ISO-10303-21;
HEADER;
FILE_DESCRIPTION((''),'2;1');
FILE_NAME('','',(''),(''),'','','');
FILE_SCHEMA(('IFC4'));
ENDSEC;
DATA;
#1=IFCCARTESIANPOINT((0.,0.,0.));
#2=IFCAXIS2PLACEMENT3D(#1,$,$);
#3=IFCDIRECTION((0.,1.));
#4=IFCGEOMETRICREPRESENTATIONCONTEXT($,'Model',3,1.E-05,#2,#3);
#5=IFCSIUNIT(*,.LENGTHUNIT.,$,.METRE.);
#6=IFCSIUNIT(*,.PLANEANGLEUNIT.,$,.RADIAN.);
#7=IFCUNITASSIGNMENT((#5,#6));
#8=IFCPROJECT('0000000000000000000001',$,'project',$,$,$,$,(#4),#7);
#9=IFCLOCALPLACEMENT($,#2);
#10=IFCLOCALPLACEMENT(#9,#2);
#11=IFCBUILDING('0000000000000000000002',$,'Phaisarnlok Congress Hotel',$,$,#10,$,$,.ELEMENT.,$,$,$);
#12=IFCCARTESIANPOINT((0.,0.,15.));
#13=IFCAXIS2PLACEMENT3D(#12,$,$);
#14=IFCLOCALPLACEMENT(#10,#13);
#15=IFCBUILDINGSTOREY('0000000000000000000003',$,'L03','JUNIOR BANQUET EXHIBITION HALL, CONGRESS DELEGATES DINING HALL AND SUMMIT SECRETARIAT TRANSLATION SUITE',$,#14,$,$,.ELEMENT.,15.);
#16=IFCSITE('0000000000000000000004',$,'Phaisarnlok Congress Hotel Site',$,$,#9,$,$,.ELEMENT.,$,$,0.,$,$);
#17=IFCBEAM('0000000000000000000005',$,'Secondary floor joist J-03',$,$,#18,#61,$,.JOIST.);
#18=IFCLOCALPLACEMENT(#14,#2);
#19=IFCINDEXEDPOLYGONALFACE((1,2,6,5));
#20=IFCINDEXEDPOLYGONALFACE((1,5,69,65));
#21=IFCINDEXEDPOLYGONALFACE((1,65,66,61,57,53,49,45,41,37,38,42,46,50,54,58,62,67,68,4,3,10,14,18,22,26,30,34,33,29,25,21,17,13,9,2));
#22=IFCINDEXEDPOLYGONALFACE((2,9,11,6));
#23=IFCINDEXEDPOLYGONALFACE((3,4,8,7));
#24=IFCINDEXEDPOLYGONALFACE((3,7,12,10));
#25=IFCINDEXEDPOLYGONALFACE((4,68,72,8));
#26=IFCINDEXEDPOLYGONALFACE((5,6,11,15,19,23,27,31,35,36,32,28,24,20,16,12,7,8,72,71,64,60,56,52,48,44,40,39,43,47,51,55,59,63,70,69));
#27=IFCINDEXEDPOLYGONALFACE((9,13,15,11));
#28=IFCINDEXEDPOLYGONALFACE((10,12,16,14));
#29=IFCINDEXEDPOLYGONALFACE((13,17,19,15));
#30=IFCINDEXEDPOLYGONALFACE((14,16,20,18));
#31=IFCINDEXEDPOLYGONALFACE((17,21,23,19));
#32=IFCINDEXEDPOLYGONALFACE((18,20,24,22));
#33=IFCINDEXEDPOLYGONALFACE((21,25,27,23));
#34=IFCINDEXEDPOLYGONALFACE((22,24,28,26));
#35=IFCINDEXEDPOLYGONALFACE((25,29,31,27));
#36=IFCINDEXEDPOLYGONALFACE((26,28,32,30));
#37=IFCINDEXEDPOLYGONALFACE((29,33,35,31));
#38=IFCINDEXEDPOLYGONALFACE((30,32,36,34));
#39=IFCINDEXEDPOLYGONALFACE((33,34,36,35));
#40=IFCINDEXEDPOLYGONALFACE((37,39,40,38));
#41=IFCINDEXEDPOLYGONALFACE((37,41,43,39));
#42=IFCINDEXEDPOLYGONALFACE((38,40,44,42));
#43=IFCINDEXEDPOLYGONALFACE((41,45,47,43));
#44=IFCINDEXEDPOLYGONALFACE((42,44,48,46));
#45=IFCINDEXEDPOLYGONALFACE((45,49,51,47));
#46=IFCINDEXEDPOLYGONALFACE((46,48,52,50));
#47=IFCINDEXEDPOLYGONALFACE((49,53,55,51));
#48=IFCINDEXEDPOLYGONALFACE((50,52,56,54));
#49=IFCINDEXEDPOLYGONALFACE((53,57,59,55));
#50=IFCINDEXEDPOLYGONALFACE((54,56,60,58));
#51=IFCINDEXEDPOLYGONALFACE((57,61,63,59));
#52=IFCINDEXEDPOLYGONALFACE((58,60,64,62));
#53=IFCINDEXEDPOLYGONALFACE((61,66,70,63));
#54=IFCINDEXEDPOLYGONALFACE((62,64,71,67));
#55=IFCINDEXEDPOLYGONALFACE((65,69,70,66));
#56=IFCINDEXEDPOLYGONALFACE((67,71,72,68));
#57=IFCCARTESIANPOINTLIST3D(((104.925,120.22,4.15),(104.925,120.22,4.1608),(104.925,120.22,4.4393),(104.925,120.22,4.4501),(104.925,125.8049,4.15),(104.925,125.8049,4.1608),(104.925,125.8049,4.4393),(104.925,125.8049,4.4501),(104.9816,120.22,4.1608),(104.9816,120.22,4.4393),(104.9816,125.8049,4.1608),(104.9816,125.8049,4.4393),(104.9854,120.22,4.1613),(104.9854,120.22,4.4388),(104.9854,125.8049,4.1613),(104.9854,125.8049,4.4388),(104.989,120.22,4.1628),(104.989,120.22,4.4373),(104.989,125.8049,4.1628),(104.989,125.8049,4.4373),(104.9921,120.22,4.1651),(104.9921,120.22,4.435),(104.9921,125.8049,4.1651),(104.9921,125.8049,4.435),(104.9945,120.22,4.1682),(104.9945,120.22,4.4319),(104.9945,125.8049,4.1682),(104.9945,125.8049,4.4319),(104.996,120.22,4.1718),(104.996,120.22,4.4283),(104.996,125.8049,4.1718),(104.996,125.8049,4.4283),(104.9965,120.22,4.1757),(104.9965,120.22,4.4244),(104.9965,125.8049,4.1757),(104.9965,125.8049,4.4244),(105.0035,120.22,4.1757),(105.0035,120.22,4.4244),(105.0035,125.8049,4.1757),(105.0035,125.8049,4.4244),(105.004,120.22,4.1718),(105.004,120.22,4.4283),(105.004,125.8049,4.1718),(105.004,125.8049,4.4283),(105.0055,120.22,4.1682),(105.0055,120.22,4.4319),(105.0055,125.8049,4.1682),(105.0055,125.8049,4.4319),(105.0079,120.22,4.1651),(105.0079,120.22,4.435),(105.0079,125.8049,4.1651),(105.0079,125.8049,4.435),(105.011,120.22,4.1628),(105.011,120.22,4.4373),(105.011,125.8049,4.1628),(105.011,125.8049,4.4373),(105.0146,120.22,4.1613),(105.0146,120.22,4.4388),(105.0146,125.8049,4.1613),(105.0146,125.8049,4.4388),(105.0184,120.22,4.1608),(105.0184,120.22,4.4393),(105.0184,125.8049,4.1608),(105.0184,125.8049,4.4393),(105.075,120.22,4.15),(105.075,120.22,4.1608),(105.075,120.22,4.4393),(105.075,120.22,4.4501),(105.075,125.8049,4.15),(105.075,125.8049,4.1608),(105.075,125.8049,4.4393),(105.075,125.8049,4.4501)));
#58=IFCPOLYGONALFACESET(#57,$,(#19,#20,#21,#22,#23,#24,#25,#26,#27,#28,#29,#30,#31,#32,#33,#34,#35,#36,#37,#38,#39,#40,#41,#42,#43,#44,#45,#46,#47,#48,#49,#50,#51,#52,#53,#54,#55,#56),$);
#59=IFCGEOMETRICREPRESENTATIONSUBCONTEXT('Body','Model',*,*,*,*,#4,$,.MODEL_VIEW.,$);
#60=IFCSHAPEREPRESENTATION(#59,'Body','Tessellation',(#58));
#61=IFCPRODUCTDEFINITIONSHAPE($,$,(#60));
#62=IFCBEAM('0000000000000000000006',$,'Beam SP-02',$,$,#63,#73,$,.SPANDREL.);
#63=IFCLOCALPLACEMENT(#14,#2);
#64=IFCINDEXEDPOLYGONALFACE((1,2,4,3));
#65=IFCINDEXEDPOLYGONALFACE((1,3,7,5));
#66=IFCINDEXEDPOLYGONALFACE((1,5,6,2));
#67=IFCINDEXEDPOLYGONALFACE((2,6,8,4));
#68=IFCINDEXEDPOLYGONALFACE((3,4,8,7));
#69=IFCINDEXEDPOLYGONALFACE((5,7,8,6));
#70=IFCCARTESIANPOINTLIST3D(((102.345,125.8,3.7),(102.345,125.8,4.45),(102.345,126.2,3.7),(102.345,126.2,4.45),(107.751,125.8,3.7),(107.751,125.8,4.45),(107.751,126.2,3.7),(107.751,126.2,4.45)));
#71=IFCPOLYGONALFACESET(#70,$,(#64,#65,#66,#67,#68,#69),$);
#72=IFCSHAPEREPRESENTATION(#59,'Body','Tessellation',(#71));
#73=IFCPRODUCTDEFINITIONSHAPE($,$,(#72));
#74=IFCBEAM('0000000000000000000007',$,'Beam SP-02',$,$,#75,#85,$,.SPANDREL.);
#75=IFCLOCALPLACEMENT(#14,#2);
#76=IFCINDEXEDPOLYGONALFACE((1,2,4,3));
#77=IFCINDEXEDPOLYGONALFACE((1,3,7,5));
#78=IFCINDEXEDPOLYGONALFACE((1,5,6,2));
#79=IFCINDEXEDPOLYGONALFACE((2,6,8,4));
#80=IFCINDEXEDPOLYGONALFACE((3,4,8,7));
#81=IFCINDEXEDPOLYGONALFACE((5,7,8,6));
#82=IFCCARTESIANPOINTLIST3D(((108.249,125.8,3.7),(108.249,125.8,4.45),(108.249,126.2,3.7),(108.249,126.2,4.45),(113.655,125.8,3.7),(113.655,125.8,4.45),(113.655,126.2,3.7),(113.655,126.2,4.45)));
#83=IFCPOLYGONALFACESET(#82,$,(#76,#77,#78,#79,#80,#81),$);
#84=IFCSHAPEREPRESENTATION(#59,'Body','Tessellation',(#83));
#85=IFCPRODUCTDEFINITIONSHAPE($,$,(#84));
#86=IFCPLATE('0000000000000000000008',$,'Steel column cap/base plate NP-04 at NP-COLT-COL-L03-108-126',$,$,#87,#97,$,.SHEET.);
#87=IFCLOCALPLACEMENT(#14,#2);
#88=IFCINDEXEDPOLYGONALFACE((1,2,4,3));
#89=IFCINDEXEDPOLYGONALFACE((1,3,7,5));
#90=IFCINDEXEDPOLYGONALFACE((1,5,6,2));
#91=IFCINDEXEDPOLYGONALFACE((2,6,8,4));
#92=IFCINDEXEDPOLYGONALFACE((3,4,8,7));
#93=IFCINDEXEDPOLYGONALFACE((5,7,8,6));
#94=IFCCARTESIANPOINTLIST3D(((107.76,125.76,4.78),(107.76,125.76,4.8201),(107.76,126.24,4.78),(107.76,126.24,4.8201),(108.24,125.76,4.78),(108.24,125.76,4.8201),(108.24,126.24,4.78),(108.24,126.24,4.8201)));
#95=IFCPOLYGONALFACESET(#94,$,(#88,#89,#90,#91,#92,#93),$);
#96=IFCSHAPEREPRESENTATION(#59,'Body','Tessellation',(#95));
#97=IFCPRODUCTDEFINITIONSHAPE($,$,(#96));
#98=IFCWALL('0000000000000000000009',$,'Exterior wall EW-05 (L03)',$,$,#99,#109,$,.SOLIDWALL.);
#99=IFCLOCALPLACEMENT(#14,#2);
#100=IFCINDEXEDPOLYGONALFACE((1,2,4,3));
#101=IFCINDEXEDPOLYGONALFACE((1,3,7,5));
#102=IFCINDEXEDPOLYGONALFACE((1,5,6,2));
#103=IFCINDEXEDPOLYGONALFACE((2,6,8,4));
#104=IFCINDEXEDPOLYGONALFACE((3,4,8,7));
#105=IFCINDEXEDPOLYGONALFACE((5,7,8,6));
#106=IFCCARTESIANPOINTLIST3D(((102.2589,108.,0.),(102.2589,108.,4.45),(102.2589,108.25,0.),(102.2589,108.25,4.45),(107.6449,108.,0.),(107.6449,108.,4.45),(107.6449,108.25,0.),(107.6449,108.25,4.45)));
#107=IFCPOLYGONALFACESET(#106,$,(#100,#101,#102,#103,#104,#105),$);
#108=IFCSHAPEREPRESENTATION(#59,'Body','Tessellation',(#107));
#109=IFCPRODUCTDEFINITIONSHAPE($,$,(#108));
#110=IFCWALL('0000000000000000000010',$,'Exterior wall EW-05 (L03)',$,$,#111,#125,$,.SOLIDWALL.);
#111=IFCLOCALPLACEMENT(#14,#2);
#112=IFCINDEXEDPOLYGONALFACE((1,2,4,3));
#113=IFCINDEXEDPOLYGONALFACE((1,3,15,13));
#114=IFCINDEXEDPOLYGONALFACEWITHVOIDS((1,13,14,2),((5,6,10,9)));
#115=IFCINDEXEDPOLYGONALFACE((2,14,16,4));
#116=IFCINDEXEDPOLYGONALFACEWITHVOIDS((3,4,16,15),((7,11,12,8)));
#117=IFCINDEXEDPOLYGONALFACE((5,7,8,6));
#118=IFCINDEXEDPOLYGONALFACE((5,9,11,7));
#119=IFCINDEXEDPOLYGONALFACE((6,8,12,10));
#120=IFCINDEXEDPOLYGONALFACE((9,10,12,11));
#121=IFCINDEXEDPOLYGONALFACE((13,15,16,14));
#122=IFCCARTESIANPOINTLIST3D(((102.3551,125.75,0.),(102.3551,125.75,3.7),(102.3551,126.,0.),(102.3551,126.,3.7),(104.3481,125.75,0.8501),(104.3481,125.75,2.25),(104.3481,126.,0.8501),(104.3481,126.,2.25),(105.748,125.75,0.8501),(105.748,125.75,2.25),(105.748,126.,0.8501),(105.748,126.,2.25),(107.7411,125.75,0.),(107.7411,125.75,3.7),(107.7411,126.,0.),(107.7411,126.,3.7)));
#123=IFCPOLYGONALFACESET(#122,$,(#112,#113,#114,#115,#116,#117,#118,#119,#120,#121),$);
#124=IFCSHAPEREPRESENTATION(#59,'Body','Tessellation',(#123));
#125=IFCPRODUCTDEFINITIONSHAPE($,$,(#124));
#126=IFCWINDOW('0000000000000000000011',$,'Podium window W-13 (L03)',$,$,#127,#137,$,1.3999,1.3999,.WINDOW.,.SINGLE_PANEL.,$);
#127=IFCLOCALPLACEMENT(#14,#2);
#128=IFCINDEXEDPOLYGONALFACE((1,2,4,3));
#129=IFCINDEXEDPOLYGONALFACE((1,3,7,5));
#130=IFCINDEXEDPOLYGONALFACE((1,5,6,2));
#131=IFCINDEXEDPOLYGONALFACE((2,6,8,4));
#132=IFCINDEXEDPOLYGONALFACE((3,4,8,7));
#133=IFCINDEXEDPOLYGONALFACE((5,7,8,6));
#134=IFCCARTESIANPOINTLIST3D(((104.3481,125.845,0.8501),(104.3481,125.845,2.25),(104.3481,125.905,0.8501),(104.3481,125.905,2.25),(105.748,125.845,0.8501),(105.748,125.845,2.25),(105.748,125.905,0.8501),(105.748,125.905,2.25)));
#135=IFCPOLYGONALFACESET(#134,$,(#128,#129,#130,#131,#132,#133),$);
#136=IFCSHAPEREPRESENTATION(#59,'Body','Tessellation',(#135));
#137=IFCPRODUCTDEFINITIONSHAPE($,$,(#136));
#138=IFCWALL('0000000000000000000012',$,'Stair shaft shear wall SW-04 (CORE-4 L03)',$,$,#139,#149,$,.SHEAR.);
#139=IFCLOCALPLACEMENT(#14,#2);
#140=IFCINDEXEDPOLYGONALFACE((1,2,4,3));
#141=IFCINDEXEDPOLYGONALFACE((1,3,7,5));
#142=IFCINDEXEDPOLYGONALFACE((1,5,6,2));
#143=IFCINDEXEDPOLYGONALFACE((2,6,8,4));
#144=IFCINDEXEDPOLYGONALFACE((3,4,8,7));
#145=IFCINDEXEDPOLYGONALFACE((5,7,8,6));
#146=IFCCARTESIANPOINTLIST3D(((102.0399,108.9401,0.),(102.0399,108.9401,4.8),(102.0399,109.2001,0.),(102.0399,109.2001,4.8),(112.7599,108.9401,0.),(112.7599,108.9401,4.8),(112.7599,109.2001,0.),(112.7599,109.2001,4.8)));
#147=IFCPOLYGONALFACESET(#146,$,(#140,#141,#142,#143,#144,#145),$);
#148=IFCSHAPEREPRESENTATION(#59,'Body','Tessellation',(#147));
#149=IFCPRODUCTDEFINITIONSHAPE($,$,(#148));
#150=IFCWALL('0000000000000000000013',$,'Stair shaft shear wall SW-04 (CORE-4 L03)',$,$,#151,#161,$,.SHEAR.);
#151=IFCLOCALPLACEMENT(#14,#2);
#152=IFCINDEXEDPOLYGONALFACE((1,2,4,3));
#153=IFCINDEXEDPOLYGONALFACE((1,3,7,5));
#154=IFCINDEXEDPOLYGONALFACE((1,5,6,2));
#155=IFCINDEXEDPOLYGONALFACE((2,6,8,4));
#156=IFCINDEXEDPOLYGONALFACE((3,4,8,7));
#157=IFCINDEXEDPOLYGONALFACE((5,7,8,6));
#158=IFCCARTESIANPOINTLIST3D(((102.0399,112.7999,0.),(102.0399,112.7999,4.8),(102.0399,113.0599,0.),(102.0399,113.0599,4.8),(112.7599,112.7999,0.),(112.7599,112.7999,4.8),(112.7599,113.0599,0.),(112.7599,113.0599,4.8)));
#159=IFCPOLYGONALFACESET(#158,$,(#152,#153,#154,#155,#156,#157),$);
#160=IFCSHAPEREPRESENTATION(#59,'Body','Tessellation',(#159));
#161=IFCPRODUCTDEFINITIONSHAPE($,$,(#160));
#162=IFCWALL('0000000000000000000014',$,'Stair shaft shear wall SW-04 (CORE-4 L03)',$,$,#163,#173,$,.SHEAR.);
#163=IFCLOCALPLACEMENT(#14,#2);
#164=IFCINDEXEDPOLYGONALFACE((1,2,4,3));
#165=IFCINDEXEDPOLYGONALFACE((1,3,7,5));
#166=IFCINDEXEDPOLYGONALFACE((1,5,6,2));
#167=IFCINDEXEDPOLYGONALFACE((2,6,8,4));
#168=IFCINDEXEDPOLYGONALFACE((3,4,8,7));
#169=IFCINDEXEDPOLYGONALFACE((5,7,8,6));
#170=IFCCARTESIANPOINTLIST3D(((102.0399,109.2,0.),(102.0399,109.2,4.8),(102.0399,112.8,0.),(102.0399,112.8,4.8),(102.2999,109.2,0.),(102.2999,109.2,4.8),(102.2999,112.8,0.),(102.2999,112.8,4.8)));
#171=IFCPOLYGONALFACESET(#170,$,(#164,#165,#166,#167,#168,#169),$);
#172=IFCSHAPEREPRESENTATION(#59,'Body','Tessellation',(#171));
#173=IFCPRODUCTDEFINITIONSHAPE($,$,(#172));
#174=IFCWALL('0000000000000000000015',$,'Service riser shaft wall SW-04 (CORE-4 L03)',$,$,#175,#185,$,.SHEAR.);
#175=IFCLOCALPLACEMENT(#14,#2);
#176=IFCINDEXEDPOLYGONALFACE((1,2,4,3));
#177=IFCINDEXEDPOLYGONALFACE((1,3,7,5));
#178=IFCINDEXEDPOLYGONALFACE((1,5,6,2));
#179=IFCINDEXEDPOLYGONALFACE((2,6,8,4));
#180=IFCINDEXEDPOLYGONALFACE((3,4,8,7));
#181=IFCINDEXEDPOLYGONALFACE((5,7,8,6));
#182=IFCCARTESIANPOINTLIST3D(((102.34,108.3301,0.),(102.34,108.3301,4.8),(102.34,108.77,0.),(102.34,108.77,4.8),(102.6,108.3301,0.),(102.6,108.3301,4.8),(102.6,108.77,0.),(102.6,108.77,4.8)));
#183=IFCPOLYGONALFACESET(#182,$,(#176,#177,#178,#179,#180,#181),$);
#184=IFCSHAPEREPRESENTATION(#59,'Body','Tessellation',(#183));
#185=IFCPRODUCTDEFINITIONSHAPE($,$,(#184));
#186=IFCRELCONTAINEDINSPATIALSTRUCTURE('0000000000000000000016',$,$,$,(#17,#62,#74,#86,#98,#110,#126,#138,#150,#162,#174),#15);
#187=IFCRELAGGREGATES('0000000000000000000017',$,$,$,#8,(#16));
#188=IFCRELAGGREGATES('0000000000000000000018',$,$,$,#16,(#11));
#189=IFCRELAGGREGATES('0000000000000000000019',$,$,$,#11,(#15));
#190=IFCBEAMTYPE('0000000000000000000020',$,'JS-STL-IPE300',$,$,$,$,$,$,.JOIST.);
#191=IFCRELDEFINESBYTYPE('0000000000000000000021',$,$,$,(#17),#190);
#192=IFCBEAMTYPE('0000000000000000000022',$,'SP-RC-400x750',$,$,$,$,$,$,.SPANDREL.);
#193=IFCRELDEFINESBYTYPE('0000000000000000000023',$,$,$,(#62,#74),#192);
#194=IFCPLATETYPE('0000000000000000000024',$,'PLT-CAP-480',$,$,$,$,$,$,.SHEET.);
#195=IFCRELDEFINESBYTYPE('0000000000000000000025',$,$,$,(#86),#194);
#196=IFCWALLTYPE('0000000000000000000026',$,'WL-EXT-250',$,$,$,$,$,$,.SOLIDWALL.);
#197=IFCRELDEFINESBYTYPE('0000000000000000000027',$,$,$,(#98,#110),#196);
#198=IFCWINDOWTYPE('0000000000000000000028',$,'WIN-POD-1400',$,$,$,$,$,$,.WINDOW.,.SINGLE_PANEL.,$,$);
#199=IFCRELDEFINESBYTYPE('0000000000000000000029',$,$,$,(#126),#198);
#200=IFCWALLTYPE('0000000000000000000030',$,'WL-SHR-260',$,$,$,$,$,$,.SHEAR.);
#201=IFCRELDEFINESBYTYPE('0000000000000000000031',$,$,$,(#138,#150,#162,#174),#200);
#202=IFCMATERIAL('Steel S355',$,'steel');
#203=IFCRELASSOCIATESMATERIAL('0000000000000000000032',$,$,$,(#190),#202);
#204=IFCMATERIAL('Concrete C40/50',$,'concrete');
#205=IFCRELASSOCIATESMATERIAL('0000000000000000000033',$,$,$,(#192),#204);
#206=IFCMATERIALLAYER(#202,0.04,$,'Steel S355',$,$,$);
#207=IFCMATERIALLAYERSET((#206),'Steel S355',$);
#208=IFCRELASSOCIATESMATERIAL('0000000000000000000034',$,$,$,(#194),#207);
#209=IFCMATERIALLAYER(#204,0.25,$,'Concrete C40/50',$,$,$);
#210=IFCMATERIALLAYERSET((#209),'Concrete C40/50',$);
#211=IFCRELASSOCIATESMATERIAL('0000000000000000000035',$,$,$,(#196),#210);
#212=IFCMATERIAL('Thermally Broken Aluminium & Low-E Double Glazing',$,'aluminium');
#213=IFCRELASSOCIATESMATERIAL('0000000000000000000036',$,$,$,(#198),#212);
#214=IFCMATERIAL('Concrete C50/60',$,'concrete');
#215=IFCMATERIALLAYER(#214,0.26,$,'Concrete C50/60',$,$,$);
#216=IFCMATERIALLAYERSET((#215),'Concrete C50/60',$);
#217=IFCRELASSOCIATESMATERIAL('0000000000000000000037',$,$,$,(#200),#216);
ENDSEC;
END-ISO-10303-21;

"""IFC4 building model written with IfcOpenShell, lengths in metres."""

from ifc_helpers import new_model, si_unit, direction, frame, frame_2d, origin, origin_2d, place, context, subcontext, project, spatial, rectangle, i_section, extrude, material, layer, layer_set, material_profile, profile_set, type_object, element, fill, save


model = new_model("IFC4")

# Units and contexts
model_context = context("Model", 3, precision=1e-05, world=origin(), true_north=direction((0.0, 1.0)))
body_context = subcontext(model_context, "Body", "Model", "MODEL_VIEW")
ifc_project = project(units=[si_unit("LENGTHUNIT", "METRE"), si_unit("PLANEANGLEUNIT", "RADIAN")], contexts=[model_context])

# Site, building, storey
site_placement = place(None, origin())
site = spatial("IfcSite", under=ifc_project, at=site_placement, Name="Phaisarnlok Congress Hotel Site", CompositionType="ELEMENT", RefElevation=0.0)
building_placement = place(site_placement, origin())
building = spatial("IfcBuilding", under=site, at=building_placement, Name="Phaisarnlok Congress Hotel", CompositionType="ELEMENT")
storey_placement = place(building_placement, frame((0.0, 0.0, 15.0)))
storey = spatial("IfcBuildingStorey", under=building, at=storey_placement, Name="L03", Description="JUNIOR BANQUET EXHIBITION HALL, CONGRESS DELEGATES DINING HALL AND SUMMIT SECRETARIAT TRANSLATION SUITE", CompositionType="ELEMENT", Elevation=15.0)

# Shared definitions
ifc_material_1 = material(Name="Concrete C50/60", Category="concrete")
ifc_material_2 = material(Name="Steel S355", Category="steel")

# Shared definitions
ifc_material_3 = material(Name="Concrete C40/50", Category="concrete")

# Beams
ifc_material_profile_1 = material_profile(ifc_material_2, i_section(OverallWidth=0.1499, OverallDepth=0.3, WebThickness=0.0071, FlangeThickness=0.0107, FilletRadius=0.0149, at=origin_2d()), Name="IPE 300")
ifc_profile_set_1 = profile_set([ifc_material_profile_1], Name="Steel S355")
beam_type_1 = type_object("IfcBeamType", Name="JS-STL-IPE300", PredefinedType="JOIST", material=ifc_profile_set_1)
beam_1_placement = place(storey_placement, frame((105.0, 120.22, 4.3), z_axis=(0.0, 1.0, 0.0), x_axis=(-1.0, 0.0, 0.0)))
element("IfcBeam", 1, at=beam_1_placement, inside=storey, type_object=beam_type_1, Name="Secondary floor joist J-03", PredefinedType="JOIST", context=body_context, shape_type="SweptSolid", body=[
    extrude(i_section(OverallWidth=0.1499, OverallDepth=0.3, WebThickness=0.0071, FlangeThickness=0.0107, FilletRadius=0.0149, at=origin_2d()), origin(), (0.0, 0.0, 1.0), 5.585),
])
ifc_material_profile_2 = material_profile(ifc_material_3, rectangle(XDim=0.3999, YDim=0.75, at=origin_2d()), Name="RC 400x750")
ifc_profile_set_2 = profile_set([ifc_material_profile_2], Name="Concrete C40/50")
beam_type_2 = type_object("IfcBeamType", Name="SP-RC-400x750", PredefinedType="SPANDREL", material=ifc_profile_set_2)
for number, where, z_axis, x_axis, name in (
    (2, (102.345, 126.0, 4.075), (1.0, 0.0, 0.0), (0.0, 1.0, 0.0), "Beam SP-02"),
    (3, (108.249, 126.0, 4.075), (1.0, 0.0, 0.0), (0.0, 1.0, 0.0), "Beam SP-02"),
):
    element("IfcBeam", number, at=place(storey_placement, frame(where, z_axis=z_axis, x_axis=x_axis)), inside=storey, type_object=beam_type_2, Name=name, PredefinedType="SPANDREL", context=body_context, shape_type="SweptSolid", body=[
        extrude(rectangle(XDim=0.3999, YDim=0.75, at=origin_2d()), origin(), (0.0, 0.0, 1.0), 5.406),
    ])

# Plate
ifc_layer_1 = layer(ifc_material_2, 0.04, Name="Steel S355")
ifc_layer_set_1 = layer_set([ifc_layer_1], Name="Steel S355")
plate_type = type_object("IfcPlateType", Name="PLT-CAP-480", PredefinedType="SHEET", material=ifc_layer_set_1)
plate_placement = place(storey_placement, frame((108.0, 126.0, 4.78), z_axis=(0.0, 0.0, 1.0), x_axis=(1.0, 0.0, 0.0)))
element("IfcPlate", 4, at=plate_placement, inside=storey, type_object=plate_type, Name="Steel column cap/base plate NP-04 at NP-COLT-COL-L03-108-126", PredefinedType="SHEET", context=body_context, shape_type="SweptSolid", body=[
    extrude(rectangle(XDim=0.48, YDim=0.48, at=origin_2d()), origin(), (0.0, 0.0, 1.0), 0.04),
])

# Wall
ifc_layer_2 = layer(ifc_material_3, 0.25, Name="Concrete C40/50")
ifc_layer_set_2 = layer_set([ifc_layer_2], Name="Concrete C40/50")
wall_type_1 = type_object("IfcWallType", Name="WL-EXT-250", PredefinedType="SOLIDWALL", material=ifc_layer_set_2)
wall_1_placement = place(storey_placement, frame((102.259, 108.125, 0.0), z_axis=(0.0, 0.0, 1.0), x_axis=(1.0, 0.0, 0.0)))
element("IfcWall", 5, at=wall_1_placement, inside=storey, type_object=wall_type_1, Name="Exterior wall EW-05 (L03)", PredefinedType="SOLIDWALL", context=body_context, shape_type="SweptSolid", body=[
    extrude(rectangle(XDim=5.386, YDim=0.25, at=frame_2d((2.6929, 0.0))), origin(), (0.0, 0.0, 1.0), 4.45),
])

# Wall, opening, window
wall_2_placement = place(storey_placement, frame((107.741, 125.875, 0.0), z_axis=(0.0, 0.0, 1.0), x_axis=(-1.0, 0.0, 0.0)))
wall_2 = element("IfcWall", 6, at=wall_2_placement, inside=storey, type_object=wall_type_1, Name="Exterior wall EW-05 (L03)", PredefinedType="SOLIDWALL", context=body_context, shape_type="SweptSolid", body=[
    extrude(rectangle(XDim=5.386, YDim=0.25, at=frame_2d((2.6929, 0.0))), origin(), (0.0, 0.0, 1.0), 3.7),
])
opening_placement = place(wall_2_placement, frame((1.9929, 0.0, 0.8501)))
opening = element("IfcOpeningElement", 7, at=opening_placement, cuts=wall_2, PredefinedType="OPENING", context=body_context, shape_type="SweptSolid", body=[
    extrude(rectangle(XDim=1.3999, YDim=1.3999, at=frame_2d((0.7, 0.7))), frame((0.0, 0.135, 0.0), z_axis=(0.0, -1.0, 0.0), x_axis=(1.0, 0.0, 0.0)), (0.0, 0.0, 1.0), 0.27),
])
ifc_material_4 = material(Name="Thermally Broken Aluminium & Low-E Double Glazing", Category="aluminium")
window_type = type_object("IfcWindowType", Name="WIN-POD-1400", PartitioningType="SINGLE_PANEL", PredefinedType="WINDOW", material=ifc_material_4)
window_placement = place(opening_placement, origin())
window = element("IfcWindow", 8, at=window_placement, inside=storey, type_object=window_type, Name="Podium window W-13 (L03)", OverallHeight=1.3999, OverallWidth=1.3999, PartitioningType="SINGLE_PANEL", PredefinedType="WINDOW", context=body_context, shape_type="SweptSolid", body=[
    extrude(rectangle(XDim=1.3999, YDim=1.3999, at=frame_2d((0.7, 0.7))), frame((0.0, 0.03, 0.0), z_axis=(0.0, -1.0, 0.0), x_axis=(1.0, 0.0, 0.0)), (0.0, 0.0, 1.0), 0.0601),
])
fill(opening, window)

# Walls
ifc_layer_3 = layer(ifc_material_1, 0.26, Name="Concrete C50/60")
ifc_layer_set_3 = layer_set([ifc_layer_3], Name="Concrete C50/60")
wall_type_2 = type_object("IfcWallType", Name="WL-SHR-260", PredefinedType="SHEAR", material=ifc_layer_set_3)
for number, where, z_axis, x_axis, name in (
    (9, (102.04, 109.0701, 0.0), (0.0, 0.0, 1.0), (1.0, 0.0, 0.0), "Stair shaft shear wall SW-04 (CORE-4 L03)"),
    (10, (102.04, 112.9299, 0.0), (0.0, 0.0, 1.0), (1.0, 0.0, 0.0), "Stair shaft shear wall SW-04 (CORE-4 L03)"),
):
    element("IfcWall", number, at=place(storey_placement, frame(where, z_axis=z_axis, x_axis=x_axis)), inside=storey, type_object=wall_type_2, Name=name, PredefinedType="SHEAR", context=body_context, shape_type="SweptSolid", body=[
        extrude(rectangle(XDim=10.72, YDim=0.26, at=frame_2d((5.3599, 0.0))), origin(), (0.0, 0.0, 1.0), 4.8),
    ])
wall_3_placement = place(storey_placement, frame((102.1699, 109.2, 0.0), z_axis=(0.0, 0.0, 1.0), x_axis=(0.0, 1.0, 0.0)))
element("IfcWall", 11, at=wall_3_placement, inside=storey, type_object=wall_type_2, Name="Stair shaft shear wall SW-04 (CORE-4 L03)", PredefinedType="SHEAR", context=body_context, shape_type="SweptSolid", body=[
    extrude(rectangle(XDim=3.6001, YDim=0.26, at=frame_2d((1.8, 0.0))), origin(), (0.0, 0.0, 1.0), 4.8),
])
for number, where, z_axis, x_axis, name in (
    (12, (102.47, 108.3301, 0.0), (0.0, 0.0, 1.0), (0.0, 1.0, 0.0), "Service riser shaft wall SW-04 (CORE-4 L03)"),
):
    element("IfcWall", number, at=place(storey_placement, frame(where, z_axis=z_axis, x_axis=x_axis)), inside=storey, type_object=wall_type_2, Name=name, PredefinedType="SHEAR", context=body_context, shape_type="SweptSolid", body=[
        extrude(rectangle(XDim=0.4399, YDim=0.26, at=frame_2d((0.22, 0.0))), origin(), (0.0, 0.0, 1.0), 4.8),
    ])

save(model, "model.ifc")
